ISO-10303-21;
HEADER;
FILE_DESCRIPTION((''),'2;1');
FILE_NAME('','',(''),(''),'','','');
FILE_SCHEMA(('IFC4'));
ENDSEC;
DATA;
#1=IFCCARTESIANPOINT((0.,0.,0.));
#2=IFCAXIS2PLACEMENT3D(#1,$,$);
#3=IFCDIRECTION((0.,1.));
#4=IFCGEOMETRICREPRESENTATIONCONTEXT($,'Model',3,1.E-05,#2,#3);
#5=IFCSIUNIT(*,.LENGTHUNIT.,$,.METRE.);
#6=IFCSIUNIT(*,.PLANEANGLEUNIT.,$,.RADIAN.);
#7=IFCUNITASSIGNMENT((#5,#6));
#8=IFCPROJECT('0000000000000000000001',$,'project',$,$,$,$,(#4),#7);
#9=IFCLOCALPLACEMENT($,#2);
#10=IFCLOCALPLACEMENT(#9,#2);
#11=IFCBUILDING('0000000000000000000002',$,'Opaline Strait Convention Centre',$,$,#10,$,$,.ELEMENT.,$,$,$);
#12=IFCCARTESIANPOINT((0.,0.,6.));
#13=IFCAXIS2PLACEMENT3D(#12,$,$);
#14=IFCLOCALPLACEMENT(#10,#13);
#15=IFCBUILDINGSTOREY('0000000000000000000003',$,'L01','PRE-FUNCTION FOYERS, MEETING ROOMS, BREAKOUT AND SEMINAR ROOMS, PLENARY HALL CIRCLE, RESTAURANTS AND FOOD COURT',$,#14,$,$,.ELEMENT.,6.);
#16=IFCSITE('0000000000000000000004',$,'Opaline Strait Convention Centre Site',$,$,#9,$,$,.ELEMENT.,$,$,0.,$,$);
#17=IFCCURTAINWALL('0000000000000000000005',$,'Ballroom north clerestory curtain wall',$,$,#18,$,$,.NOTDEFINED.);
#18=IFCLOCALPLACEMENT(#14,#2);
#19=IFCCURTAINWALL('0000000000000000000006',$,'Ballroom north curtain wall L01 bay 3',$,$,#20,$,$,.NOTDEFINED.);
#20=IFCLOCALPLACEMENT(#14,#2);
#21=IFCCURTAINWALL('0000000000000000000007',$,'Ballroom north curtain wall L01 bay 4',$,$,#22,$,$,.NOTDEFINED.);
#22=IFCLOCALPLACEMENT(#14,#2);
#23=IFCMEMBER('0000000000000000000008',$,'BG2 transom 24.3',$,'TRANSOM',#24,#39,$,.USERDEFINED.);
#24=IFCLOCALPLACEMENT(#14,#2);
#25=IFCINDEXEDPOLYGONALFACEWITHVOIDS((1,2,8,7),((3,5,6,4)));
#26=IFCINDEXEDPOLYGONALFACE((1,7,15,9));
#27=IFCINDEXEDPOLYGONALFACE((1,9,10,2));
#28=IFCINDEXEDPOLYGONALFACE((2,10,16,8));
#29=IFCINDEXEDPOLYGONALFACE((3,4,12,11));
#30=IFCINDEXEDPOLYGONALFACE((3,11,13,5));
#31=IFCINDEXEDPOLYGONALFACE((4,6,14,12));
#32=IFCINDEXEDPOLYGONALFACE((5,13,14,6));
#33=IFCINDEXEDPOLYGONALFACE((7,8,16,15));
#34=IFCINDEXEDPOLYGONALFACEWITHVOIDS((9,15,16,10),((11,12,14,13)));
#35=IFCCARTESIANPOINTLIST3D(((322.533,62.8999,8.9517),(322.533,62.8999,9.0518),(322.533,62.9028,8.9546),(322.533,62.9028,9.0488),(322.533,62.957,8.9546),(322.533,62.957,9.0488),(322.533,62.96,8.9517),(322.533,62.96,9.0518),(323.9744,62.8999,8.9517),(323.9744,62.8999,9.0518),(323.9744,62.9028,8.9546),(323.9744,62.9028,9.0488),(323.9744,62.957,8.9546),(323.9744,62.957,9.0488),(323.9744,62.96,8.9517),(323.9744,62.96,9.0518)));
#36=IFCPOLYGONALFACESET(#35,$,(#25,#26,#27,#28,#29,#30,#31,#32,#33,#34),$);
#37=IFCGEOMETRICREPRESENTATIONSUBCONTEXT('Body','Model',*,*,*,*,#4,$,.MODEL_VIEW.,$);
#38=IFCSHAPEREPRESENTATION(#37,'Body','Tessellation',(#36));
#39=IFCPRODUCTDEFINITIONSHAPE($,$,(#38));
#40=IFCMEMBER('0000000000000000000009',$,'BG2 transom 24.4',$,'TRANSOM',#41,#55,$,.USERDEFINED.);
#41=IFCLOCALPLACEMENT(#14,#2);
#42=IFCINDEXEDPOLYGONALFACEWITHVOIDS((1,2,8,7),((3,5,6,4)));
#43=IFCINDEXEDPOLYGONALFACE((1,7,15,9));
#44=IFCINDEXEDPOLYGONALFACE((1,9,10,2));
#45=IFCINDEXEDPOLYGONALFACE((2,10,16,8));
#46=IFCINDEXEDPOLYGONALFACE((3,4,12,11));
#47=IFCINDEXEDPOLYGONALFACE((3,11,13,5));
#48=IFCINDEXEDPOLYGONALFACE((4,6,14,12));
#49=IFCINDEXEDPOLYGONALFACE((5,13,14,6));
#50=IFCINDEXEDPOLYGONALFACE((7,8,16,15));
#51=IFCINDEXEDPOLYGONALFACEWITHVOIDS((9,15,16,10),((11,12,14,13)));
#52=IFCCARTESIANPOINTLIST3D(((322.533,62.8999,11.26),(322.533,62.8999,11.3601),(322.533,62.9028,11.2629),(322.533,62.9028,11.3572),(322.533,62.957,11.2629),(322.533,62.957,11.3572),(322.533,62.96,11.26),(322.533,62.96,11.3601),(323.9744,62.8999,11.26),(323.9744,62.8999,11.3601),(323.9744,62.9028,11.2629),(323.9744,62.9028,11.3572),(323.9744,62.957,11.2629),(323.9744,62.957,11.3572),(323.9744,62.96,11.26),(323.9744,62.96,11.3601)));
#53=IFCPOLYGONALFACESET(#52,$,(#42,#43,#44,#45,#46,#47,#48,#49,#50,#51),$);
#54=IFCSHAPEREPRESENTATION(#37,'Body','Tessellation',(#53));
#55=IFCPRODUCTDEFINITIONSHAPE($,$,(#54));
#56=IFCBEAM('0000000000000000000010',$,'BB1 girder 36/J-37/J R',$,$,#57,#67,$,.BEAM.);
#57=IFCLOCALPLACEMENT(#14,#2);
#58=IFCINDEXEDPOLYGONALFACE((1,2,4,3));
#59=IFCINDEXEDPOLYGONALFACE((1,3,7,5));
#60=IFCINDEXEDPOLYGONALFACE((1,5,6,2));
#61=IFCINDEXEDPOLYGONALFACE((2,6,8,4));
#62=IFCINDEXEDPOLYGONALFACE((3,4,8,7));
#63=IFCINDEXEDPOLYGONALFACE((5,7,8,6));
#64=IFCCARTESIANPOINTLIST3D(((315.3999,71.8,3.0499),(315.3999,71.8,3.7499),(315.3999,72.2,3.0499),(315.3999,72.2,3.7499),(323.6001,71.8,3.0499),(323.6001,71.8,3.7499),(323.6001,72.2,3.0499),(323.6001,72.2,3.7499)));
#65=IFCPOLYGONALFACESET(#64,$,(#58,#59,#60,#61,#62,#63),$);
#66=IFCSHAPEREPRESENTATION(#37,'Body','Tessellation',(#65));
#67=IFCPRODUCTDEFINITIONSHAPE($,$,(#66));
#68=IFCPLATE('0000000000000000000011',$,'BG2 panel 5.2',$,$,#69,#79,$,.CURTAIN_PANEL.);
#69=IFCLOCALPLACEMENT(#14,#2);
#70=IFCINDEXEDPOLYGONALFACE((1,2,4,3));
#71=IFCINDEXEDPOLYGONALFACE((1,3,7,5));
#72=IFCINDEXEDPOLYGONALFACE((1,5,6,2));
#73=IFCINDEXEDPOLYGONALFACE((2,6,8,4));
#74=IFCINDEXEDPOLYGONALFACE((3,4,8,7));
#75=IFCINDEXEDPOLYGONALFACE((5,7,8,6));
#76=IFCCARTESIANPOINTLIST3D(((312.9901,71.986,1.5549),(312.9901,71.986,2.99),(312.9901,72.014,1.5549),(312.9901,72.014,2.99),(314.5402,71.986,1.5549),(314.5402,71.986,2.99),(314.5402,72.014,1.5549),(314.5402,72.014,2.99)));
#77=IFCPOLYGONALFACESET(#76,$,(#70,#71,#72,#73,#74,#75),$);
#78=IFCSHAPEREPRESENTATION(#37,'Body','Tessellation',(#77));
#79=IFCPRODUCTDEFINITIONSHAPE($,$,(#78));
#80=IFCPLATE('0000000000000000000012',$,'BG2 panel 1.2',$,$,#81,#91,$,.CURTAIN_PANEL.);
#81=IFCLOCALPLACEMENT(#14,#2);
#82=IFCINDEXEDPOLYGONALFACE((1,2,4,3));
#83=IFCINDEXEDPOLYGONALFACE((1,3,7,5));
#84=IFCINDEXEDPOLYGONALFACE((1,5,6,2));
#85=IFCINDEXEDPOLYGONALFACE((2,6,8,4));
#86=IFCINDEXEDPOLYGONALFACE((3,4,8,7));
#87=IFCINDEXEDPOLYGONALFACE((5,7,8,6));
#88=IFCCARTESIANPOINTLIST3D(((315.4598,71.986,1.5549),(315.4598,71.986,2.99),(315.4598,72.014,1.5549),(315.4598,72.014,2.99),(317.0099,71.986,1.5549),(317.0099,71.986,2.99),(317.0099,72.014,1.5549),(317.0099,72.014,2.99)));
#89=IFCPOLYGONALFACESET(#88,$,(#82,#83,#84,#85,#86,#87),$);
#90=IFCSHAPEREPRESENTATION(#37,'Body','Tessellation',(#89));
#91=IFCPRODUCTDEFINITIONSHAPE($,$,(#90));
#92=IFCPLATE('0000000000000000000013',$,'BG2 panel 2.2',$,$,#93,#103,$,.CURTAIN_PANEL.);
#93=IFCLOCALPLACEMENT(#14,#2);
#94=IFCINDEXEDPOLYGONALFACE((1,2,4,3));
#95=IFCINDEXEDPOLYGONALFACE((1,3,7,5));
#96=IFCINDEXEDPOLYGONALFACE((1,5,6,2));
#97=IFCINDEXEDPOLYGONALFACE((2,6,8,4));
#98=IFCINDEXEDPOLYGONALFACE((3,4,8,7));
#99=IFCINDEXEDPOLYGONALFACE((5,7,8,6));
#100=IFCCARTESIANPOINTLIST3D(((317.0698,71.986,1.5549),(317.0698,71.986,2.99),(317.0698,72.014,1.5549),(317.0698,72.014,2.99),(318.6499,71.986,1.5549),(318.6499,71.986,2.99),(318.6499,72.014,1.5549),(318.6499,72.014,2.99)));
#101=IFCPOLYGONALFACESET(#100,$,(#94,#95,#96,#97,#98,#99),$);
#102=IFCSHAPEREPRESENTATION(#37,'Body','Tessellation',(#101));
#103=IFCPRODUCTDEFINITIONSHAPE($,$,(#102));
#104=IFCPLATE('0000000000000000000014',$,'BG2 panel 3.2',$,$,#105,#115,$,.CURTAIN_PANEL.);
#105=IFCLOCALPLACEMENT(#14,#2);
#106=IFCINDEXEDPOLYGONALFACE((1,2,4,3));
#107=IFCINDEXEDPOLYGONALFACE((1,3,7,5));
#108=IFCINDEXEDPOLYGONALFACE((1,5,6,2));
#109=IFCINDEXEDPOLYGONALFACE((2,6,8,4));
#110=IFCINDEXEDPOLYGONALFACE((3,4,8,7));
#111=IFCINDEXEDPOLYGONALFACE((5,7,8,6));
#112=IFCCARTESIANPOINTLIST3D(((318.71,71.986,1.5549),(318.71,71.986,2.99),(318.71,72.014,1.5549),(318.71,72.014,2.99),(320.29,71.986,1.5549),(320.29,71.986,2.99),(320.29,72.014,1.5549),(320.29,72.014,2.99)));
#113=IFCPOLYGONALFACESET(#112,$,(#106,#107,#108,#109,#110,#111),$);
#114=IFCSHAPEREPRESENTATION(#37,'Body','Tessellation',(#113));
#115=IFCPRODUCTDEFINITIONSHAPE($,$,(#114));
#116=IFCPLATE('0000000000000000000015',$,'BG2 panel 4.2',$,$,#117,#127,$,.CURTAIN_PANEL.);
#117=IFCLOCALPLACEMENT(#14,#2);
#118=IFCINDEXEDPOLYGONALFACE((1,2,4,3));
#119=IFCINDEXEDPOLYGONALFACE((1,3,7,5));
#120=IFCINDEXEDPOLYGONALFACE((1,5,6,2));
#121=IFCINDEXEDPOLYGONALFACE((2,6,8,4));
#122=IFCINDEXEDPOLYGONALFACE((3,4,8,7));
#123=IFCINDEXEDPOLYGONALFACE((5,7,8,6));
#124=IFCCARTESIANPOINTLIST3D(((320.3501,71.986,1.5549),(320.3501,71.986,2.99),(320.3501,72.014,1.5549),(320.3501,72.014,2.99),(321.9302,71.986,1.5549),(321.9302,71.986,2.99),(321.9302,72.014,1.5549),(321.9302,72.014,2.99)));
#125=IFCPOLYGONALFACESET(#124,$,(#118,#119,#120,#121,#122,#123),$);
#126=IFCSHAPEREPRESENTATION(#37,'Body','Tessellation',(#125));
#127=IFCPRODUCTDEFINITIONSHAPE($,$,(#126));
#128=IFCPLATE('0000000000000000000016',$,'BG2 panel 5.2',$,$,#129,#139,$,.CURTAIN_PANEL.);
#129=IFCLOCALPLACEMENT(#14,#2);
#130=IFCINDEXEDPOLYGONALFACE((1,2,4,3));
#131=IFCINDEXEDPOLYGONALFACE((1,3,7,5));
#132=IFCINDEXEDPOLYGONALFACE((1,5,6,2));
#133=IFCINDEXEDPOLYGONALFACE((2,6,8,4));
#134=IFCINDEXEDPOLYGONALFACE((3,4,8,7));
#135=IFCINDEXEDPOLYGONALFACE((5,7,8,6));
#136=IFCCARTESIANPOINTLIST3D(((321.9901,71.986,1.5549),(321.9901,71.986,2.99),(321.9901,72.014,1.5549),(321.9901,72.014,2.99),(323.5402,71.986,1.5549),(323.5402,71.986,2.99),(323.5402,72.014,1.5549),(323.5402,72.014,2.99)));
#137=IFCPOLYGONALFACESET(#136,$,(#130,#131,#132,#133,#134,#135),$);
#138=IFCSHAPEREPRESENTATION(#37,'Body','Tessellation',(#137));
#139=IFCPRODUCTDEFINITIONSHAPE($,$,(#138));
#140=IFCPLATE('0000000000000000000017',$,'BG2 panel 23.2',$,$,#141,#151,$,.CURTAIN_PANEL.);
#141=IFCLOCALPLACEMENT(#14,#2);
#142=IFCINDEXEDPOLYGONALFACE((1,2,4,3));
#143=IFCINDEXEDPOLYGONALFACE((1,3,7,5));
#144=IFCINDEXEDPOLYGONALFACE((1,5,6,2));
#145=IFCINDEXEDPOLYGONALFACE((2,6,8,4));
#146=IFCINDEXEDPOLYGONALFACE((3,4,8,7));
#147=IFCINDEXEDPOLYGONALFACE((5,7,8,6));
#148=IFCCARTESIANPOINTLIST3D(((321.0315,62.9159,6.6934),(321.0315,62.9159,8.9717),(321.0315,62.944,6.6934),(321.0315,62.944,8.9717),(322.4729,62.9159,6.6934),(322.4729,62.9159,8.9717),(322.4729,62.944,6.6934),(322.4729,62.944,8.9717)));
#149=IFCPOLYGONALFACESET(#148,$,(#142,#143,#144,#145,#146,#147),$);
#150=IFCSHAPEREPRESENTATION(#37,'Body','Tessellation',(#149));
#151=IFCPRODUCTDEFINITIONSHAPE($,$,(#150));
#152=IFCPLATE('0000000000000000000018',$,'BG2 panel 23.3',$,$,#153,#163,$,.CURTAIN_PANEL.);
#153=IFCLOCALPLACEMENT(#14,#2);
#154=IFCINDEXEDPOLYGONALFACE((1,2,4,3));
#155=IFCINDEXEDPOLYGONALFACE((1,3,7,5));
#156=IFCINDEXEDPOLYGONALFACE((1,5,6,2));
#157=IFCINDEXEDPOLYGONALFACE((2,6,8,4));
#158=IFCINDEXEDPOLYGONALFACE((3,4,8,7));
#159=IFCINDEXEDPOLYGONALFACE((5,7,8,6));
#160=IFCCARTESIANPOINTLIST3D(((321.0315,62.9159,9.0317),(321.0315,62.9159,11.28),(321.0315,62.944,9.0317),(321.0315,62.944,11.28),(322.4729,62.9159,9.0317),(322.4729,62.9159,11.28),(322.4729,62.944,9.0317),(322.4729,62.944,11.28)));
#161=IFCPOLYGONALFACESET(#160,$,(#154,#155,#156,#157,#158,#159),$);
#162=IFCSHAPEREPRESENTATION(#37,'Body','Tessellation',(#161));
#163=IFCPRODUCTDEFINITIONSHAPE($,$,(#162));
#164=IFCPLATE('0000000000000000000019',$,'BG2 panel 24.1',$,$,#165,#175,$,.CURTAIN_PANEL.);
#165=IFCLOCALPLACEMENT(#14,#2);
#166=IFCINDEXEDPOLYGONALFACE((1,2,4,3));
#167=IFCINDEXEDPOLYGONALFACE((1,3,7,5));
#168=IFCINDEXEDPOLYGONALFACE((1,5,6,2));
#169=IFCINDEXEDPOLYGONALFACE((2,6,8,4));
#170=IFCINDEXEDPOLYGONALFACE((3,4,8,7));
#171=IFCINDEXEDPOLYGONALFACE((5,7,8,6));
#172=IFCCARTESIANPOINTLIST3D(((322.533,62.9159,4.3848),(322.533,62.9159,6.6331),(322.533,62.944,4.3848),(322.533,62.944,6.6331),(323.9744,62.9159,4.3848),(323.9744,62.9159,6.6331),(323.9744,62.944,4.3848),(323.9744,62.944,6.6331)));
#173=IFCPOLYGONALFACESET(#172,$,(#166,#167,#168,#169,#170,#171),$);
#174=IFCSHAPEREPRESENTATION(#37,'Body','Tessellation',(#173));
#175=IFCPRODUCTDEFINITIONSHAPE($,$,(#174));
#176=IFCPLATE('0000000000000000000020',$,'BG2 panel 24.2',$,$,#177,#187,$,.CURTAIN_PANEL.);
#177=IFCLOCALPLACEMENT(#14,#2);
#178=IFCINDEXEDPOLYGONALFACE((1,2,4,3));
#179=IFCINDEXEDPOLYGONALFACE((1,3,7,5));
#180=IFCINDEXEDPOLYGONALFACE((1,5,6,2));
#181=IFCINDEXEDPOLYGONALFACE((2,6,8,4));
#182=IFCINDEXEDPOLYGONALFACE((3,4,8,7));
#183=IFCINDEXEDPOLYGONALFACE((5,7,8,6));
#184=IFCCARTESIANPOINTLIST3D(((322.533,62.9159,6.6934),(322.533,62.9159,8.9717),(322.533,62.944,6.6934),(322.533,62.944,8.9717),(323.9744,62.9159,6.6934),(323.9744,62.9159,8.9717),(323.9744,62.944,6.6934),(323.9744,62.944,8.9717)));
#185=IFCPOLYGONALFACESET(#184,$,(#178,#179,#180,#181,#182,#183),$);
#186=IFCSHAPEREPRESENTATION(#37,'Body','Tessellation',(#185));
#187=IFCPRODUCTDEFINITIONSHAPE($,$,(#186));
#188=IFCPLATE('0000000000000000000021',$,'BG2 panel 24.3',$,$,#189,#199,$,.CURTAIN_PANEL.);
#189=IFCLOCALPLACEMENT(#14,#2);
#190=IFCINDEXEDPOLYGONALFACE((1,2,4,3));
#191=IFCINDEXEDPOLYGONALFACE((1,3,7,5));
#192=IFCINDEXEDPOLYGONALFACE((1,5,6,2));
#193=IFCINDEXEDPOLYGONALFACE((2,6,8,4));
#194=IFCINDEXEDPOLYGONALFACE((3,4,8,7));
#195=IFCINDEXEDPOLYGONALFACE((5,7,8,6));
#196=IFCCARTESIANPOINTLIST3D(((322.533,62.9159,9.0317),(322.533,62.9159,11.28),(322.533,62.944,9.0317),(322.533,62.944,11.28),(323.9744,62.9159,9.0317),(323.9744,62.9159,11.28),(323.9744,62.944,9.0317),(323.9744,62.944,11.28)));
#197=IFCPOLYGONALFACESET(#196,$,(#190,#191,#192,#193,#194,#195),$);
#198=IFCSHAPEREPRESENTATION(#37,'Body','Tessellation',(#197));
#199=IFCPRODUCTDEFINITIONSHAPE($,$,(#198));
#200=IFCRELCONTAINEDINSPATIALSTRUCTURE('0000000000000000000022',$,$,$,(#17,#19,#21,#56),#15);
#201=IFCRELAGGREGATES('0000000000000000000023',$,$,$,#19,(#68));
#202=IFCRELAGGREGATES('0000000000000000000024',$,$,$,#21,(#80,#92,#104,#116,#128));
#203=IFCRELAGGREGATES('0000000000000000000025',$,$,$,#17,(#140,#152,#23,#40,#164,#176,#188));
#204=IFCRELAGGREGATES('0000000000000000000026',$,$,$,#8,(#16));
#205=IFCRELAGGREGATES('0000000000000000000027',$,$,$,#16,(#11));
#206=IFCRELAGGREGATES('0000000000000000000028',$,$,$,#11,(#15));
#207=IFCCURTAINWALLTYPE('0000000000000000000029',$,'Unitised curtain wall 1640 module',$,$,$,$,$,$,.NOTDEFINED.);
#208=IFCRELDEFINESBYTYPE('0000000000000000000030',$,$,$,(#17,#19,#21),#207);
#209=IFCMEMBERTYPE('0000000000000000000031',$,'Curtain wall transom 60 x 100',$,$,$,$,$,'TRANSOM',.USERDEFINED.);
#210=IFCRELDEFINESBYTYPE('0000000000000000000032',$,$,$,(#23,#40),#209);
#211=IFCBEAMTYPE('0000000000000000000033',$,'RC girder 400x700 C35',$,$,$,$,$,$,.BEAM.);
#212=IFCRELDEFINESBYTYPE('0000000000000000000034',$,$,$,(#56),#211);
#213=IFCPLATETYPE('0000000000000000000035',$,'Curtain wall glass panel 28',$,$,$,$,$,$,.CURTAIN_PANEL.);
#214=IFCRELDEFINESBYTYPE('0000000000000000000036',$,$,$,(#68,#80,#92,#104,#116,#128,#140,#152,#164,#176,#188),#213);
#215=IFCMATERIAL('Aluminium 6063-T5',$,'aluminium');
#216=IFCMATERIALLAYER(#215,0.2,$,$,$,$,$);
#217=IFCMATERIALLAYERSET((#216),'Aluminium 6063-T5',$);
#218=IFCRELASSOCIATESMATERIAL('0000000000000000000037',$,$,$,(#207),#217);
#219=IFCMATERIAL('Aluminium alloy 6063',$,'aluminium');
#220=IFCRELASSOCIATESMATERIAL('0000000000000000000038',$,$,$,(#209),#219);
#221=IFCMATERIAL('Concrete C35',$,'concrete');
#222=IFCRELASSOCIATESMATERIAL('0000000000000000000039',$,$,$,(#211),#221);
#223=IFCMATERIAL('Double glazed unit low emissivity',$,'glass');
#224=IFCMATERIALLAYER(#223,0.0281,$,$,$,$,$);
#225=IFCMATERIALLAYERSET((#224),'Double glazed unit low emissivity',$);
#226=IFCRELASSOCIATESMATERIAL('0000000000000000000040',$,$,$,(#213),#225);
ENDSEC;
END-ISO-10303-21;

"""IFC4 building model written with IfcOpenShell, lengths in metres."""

from ifc_helpers import new_model, si_unit, direction, frame, origin, origin_2d, place, context, subcontext, project, spatial, rectangle, hollow_rectangle, extrude, material, layer, layer_set, material_profile, profile_set, type_object, element, aggregate, save


model = new_model("IFC4")

# Units and contexts
model_context = context("Model", 3, precision=1e-05, world=origin(), true_north=direction((0.0, 1.0)))
body_context = subcontext(model_context, "Body", "Model", "MODEL_VIEW")
ifc_project = project(units=[si_unit("LENGTHUNIT", "METRE"), si_unit("PLANEANGLEUNIT", "RADIAN")], contexts=[model_context])

# Site, building, storey
site_placement = place(None, origin())
site = spatial("IfcSite", under=ifc_project, at=site_placement, Name="Opaline Strait Convention Centre Site", CompositionType="ELEMENT", RefElevation=0.0)
building_placement = place(site_placement, origin())
building = spatial("IfcBuilding", under=site, at=building_placement, Name="Opaline Strait Convention Centre", CompositionType="ELEMENT")
storey_placement = place(building_placement, frame((0.0, 0.0, 6.0)))
storey = spatial("IfcBuildingStorey", under=building, at=storey_placement, Name="L01", Description="PRE-FUNCTION FOYERS, MEETING ROOMS, BREAKOUT AND SEMINAR ROOMS, PLENARY HALL CIRCLE, RESTAURANTS AND FOOD COURT", CompositionType="ELEMENT", Elevation=6.0)

# Curtain walls
ifc_material_1 = material(Name="Aluminium 6063-T5", Category="aluminium")
ifc_layer_1 = layer(ifc_material_1, 0.2)
ifc_layer_set_1 = layer_set([ifc_layer_1], Name="Aluminium 6063-T5")
curtain_wall_type = type_object("IfcCurtainWallType", Name="Unitised curtain wall 1640 module", PredefinedType="NOTDEFINED", material=ifc_layer_set_1)
curtain_wall_1_placement = place(storey_placement, origin())
curtain_wall_1 = element("IfcCurtainWall", 1, at=curtain_wall_1_placement, inside=storey, type_object=curtain_wall_type, Name="Ballroom north clerestory curtain wall", PredefinedType="NOTDEFINED")
ifc_material_2 = material(Name="Aluminium alloy 6063", Category="aluminium")
curtain_wall_2_placement = place(storey_placement, origin())
curtain_wall_2 = element("IfcCurtainWall", 2, at=curtain_wall_2_placement, inside=storey, type_object=curtain_wall_type, Name="Ballroom north curtain wall L01 bay 3", PredefinedType="NOTDEFINED")
ifc_material_profile_1 = material_profile(ifc_material_2, hollow_rectangle(XDim=0.0601, YDim=0.1001, WallThickness=0.0029, at=origin_2d()), Name="TRANSOM 60x100x3")
ifc_profile_set_1 = profile_set([ifc_material_profile_1], Name="Aluminium alloy 6063")
member_type_1 = type_object("IfcMemberType", Name="Curtain wall transom 60 x 100", ElementType="TRANSOM", PredefinedType="USERDEFINED", material=ifc_profile_set_1)

# Curtain wall
curtain_wall_3_placement = place(storey_placement, origin())
curtain_wall_3 = element("IfcCurtainWall", 3, at=curtain_wall_3_placement, inside=storey, type_object=curtain_wall_type, Name="Ballroom north curtain wall L01 bay 4", PredefinedType="NOTDEFINED")

# Members
member_1_placement = place(storey_placement, frame((322.533, 62.9299, 9.0017), z_axis=(1.0, 0.0, 0.0), x_axis=(0.0, 1.0, 0.0)))
member_1 = element("IfcMember", 4, at=member_1_placement, type_object=member_type_1, Name="BG2 transom 24.3", ObjectType="TRANSOM", PredefinedType="USERDEFINED", context=body_context, shape_type="SweptSolid", body=[
    extrude(hollow_rectangle(XDim=0.0601, YDim=0.1001, WallThickness=0.0029, at=origin_2d()), origin(), (0.0, 0.0, 1.0), 1.4414),
])
member_2_placement = place(storey_placement, frame((322.533, 62.9299, 11.3101), z_axis=(1.0, 0.0, 0.0), x_axis=(0.0, 1.0, 0.0)))
member_2 = element("IfcMember", 5, at=member_2_placement, type_object=member_type_1, Name="BG2 transom 24.4", ObjectType="TRANSOM", PredefinedType="USERDEFINED", context=body_context, shape_type="SweptSolid", body=[
    extrude(hollow_rectangle(XDim=0.0601, YDim=0.1001, WallThickness=0.0029, at=origin_2d()), origin(), (0.0, 0.0, 1.0), 1.4414),
])

# Beam
ifc_material_3 = material(Name="Concrete C35", Category="concrete")
ifc_material_profile_2 = material_profile(ifc_material_3, rectangle(XDim=0.3999, YDim=0.7, at=origin_2d()), Name="RC 400x700")
ifc_profile_set_2 = profile_set([ifc_material_profile_2], Name="Concrete C35")
beam_type = type_object("IfcBeamType", Name="RC girder 400x700 C35", PredefinedType="BEAM", material=ifc_profile_set_2)
beam_placement = place(storey_placement, frame((315.3999, 72.0, 3.3999), z_axis=(1.0, 0.0, 0.0), x_axis=(0.0, 1.0, 0.0)))
element("IfcBeam", 6, at=beam_placement, inside=storey, type_object=beam_type, Name="BB1 girder 36/J-37/J R", PredefinedType="BEAM", context=body_context, shape_type="SweptSolid", body=[
    extrude(rectangle(XDim=0.3999, YDim=0.7, at=origin_2d()), origin(), (0.0, 0.0, 1.0), 8.2002),
])

# Plates
ifc_material_4 = material(Name="Double glazed unit low emissivity", Category="glass")
ifc_layer_2 = layer(ifc_material_4, 0.0281)
ifc_layer_set_2 = layer_set([ifc_layer_2], Name="Double glazed unit low emissivity")
plate_type = type_object("IfcPlateType", Name="Curtain wall glass panel 28", PredefinedType="CURTAIN_PANEL", material=ifc_layer_set_2)
plate_1_placement = place(storey_placement, frame((313.7651, 72.0, 1.5549), z_axis=(0.0, 0.0, 1.0), x_axis=(1.0, 0.0, 0.0)))
plate_1 = element("IfcPlate", 7, at=plate_1_placement, type_object=plate_type, Name="BG2 panel 5.2", PredefinedType="CURTAIN_PANEL", context=body_context, shape_type="SweptSolid", body=[
    extrude(rectangle(XDim=1.55, YDim=0.0281, at=origin_2d()), origin(), (0.0, 0.0, 1.0), 1.4351),
])
aggregate(curtain_wall_2, [plate_1])
plate_2_placement = place(storey_placement, frame((316.2349, 72.0, 1.5549), z_axis=(0.0, 0.0, 1.0), x_axis=(1.0, 0.0, 0.0)))
plate_2 = element("IfcPlate", 8, at=plate_2_placement, type_object=plate_type, Name="BG2 panel 1.2", PredefinedType="CURTAIN_PANEL", context=body_context, shape_type="SweptSolid", body=[
    extrude(rectangle(XDim=1.55, YDim=0.0281, at=origin_2d()), origin(), (0.0, 0.0, 1.0), 1.4351),
])
plate_3_placement = place(storey_placement, frame((317.8599, 72.0, 1.5549), z_axis=(0.0, 0.0, 1.0), x_axis=(1.0, 0.0, 0.0)))
plate_3 = element("IfcPlate", 9, at=plate_3_placement, type_object=plate_type, Name="BG2 panel 2.2", PredefinedType="CURTAIN_PANEL", context=body_context, shape_type="SweptSolid", body=[
    extrude(rectangle(XDim=1.5801, YDim=0.0281, at=origin_2d()), origin(), (0.0, 0.0, 1.0), 1.4351),
])
plate_4_placement = place(storey_placement, frame((319.5, 72.0, 1.5549), z_axis=(0.0, 0.0, 1.0), x_axis=(1.0, 0.0, 0.0)))
plate_4 = element("IfcPlate", 10, at=plate_4_placement, type_object=plate_type, Name="BG2 panel 3.2", PredefinedType="CURTAIN_PANEL", context=body_context, shape_type="SweptSolid", body=[
    extrude(rectangle(XDim=1.5801, YDim=0.0281, at=origin_2d()), origin(), (0.0, 0.0, 1.0), 1.4351),
])
plate_5_placement = place(storey_placement, frame((321.1401, 72.0, 1.5549), z_axis=(0.0, 0.0, 1.0), x_axis=(1.0, 0.0, 0.0)))
plate_5 = element("IfcPlate", 11, at=plate_5_placement, type_object=plate_type, Name="BG2 panel 4.2", PredefinedType="CURTAIN_PANEL", context=body_context, shape_type="SweptSolid", body=[
    extrude(rectangle(XDim=1.5801, YDim=0.0281, at=origin_2d()), origin(), (0.0, 0.0, 1.0), 1.4351),
])
plate_6_placement = place(storey_placement, frame((322.7651, 72.0, 1.5549), z_axis=(0.0, 0.0, 1.0), x_axis=(1.0, 0.0, 0.0)))
plate_6 = element("IfcPlate", 12, at=plate_6_placement, type_object=plate_type, Name="BG2 panel 5.2", PredefinedType="CURTAIN_PANEL", context=body_context, shape_type="SweptSolid", body=[
    extrude(rectangle(XDim=1.55, YDim=0.0281, at=origin_2d()), origin(), (0.0, 0.0, 1.0), 1.4351),
])
aggregate(curtain_wall_3, [plate_2, plate_3, plate_4, plate_5, plate_6])
plate_7_placement = place(storey_placement, frame((321.7522, 62.9299, 6.6934), z_axis=(0.0, 0.0, 1.0), x_axis=(1.0, 0.0, 0.0)))
plate_7 = element("IfcPlate", 13, at=plate_7_placement, type_object=plate_type, Name="BG2 panel 23.2", PredefinedType="CURTAIN_PANEL", context=body_context, shape_type="SweptSolid", body=[
    extrude(rectangle(XDim=1.4414, YDim=0.0281, at=origin_2d()), origin(), (0.0, 0.0, 1.0), 2.2783),
])
plate_8_placement = place(storey_placement, frame((321.7522, 62.9299, 9.0317), z_axis=(0.0, 0.0, 1.0), x_axis=(1.0, 0.0, 0.0)))
plate_8 = element("IfcPlate", 14, at=plate_8_placement, type_object=plate_type, Name="BG2 panel 23.3", PredefinedType="CURTAIN_PANEL", context=body_context, shape_type="SweptSolid", body=[
    extrude(rectangle(XDim=1.4414, YDim=0.0281, at=origin_2d()), origin(), (0.0, 0.0, 1.0), 2.2483),
])
plate_9_placement = place(storey_placement, frame((323.2537, 62.9299, 4.3848), z_axis=(0.0, 0.0, 1.0), x_axis=(1.0, 0.0, 0.0)))
plate_9 = element("IfcPlate", 15, at=plate_9_placement, type_object=plate_type, Name="BG2 panel 24.1", PredefinedType="CURTAIN_PANEL", context=body_context, shape_type="SweptSolid", body=[
    extrude(rectangle(XDim=1.4414, YDim=0.0281, at=origin_2d()), origin(), (0.0, 0.0, 1.0), 2.2483),
])
plate_10_placement = place(storey_placement, frame((323.2537, 62.9299, 6.6934), z_axis=(0.0, 0.0, 1.0), x_axis=(1.0, 0.0, 0.0)))
plate_10 = element("IfcPlate", 16, at=plate_10_placement, type_object=plate_type, Name="BG2 panel 24.2", PredefinedType="CURTAIN_PANEL", context=body_context, shape_type="SweptSolid", body=[
    extrude(rectangle(XDim=1.4414, YDim=0.0281, at=origin_2d()), origin(), (0.0, 0.0, 1.0), 2.2783),
])
plate_11_placement = place(storey_placement, frame((323.2537, 62.9299, 9.0317), z_axis=(0.0, 0.0, 1.0), x_axis=(1.0, 0.0, 0.0)))
plate_11 = element("IfcPlate", 17, at=plate_11_placement, type_object=plate_type, Name="BG2 panel 24.3", PredefinedType="CURTAIN_PANEL", context=body_context, shape_type="SweptSolid", body=[
    extrude(rectangle(XDim=1.4414, YDim=0.0281, at=origin_2d()), origin(), (0.0, 0.0, 1.0), 2.2483),
])
aggregate(curtain_wall_1, [plate_7, plate_8, member_1, member_2, plate_9, plate_10, plate_11])

save(model, "model.ifc")
